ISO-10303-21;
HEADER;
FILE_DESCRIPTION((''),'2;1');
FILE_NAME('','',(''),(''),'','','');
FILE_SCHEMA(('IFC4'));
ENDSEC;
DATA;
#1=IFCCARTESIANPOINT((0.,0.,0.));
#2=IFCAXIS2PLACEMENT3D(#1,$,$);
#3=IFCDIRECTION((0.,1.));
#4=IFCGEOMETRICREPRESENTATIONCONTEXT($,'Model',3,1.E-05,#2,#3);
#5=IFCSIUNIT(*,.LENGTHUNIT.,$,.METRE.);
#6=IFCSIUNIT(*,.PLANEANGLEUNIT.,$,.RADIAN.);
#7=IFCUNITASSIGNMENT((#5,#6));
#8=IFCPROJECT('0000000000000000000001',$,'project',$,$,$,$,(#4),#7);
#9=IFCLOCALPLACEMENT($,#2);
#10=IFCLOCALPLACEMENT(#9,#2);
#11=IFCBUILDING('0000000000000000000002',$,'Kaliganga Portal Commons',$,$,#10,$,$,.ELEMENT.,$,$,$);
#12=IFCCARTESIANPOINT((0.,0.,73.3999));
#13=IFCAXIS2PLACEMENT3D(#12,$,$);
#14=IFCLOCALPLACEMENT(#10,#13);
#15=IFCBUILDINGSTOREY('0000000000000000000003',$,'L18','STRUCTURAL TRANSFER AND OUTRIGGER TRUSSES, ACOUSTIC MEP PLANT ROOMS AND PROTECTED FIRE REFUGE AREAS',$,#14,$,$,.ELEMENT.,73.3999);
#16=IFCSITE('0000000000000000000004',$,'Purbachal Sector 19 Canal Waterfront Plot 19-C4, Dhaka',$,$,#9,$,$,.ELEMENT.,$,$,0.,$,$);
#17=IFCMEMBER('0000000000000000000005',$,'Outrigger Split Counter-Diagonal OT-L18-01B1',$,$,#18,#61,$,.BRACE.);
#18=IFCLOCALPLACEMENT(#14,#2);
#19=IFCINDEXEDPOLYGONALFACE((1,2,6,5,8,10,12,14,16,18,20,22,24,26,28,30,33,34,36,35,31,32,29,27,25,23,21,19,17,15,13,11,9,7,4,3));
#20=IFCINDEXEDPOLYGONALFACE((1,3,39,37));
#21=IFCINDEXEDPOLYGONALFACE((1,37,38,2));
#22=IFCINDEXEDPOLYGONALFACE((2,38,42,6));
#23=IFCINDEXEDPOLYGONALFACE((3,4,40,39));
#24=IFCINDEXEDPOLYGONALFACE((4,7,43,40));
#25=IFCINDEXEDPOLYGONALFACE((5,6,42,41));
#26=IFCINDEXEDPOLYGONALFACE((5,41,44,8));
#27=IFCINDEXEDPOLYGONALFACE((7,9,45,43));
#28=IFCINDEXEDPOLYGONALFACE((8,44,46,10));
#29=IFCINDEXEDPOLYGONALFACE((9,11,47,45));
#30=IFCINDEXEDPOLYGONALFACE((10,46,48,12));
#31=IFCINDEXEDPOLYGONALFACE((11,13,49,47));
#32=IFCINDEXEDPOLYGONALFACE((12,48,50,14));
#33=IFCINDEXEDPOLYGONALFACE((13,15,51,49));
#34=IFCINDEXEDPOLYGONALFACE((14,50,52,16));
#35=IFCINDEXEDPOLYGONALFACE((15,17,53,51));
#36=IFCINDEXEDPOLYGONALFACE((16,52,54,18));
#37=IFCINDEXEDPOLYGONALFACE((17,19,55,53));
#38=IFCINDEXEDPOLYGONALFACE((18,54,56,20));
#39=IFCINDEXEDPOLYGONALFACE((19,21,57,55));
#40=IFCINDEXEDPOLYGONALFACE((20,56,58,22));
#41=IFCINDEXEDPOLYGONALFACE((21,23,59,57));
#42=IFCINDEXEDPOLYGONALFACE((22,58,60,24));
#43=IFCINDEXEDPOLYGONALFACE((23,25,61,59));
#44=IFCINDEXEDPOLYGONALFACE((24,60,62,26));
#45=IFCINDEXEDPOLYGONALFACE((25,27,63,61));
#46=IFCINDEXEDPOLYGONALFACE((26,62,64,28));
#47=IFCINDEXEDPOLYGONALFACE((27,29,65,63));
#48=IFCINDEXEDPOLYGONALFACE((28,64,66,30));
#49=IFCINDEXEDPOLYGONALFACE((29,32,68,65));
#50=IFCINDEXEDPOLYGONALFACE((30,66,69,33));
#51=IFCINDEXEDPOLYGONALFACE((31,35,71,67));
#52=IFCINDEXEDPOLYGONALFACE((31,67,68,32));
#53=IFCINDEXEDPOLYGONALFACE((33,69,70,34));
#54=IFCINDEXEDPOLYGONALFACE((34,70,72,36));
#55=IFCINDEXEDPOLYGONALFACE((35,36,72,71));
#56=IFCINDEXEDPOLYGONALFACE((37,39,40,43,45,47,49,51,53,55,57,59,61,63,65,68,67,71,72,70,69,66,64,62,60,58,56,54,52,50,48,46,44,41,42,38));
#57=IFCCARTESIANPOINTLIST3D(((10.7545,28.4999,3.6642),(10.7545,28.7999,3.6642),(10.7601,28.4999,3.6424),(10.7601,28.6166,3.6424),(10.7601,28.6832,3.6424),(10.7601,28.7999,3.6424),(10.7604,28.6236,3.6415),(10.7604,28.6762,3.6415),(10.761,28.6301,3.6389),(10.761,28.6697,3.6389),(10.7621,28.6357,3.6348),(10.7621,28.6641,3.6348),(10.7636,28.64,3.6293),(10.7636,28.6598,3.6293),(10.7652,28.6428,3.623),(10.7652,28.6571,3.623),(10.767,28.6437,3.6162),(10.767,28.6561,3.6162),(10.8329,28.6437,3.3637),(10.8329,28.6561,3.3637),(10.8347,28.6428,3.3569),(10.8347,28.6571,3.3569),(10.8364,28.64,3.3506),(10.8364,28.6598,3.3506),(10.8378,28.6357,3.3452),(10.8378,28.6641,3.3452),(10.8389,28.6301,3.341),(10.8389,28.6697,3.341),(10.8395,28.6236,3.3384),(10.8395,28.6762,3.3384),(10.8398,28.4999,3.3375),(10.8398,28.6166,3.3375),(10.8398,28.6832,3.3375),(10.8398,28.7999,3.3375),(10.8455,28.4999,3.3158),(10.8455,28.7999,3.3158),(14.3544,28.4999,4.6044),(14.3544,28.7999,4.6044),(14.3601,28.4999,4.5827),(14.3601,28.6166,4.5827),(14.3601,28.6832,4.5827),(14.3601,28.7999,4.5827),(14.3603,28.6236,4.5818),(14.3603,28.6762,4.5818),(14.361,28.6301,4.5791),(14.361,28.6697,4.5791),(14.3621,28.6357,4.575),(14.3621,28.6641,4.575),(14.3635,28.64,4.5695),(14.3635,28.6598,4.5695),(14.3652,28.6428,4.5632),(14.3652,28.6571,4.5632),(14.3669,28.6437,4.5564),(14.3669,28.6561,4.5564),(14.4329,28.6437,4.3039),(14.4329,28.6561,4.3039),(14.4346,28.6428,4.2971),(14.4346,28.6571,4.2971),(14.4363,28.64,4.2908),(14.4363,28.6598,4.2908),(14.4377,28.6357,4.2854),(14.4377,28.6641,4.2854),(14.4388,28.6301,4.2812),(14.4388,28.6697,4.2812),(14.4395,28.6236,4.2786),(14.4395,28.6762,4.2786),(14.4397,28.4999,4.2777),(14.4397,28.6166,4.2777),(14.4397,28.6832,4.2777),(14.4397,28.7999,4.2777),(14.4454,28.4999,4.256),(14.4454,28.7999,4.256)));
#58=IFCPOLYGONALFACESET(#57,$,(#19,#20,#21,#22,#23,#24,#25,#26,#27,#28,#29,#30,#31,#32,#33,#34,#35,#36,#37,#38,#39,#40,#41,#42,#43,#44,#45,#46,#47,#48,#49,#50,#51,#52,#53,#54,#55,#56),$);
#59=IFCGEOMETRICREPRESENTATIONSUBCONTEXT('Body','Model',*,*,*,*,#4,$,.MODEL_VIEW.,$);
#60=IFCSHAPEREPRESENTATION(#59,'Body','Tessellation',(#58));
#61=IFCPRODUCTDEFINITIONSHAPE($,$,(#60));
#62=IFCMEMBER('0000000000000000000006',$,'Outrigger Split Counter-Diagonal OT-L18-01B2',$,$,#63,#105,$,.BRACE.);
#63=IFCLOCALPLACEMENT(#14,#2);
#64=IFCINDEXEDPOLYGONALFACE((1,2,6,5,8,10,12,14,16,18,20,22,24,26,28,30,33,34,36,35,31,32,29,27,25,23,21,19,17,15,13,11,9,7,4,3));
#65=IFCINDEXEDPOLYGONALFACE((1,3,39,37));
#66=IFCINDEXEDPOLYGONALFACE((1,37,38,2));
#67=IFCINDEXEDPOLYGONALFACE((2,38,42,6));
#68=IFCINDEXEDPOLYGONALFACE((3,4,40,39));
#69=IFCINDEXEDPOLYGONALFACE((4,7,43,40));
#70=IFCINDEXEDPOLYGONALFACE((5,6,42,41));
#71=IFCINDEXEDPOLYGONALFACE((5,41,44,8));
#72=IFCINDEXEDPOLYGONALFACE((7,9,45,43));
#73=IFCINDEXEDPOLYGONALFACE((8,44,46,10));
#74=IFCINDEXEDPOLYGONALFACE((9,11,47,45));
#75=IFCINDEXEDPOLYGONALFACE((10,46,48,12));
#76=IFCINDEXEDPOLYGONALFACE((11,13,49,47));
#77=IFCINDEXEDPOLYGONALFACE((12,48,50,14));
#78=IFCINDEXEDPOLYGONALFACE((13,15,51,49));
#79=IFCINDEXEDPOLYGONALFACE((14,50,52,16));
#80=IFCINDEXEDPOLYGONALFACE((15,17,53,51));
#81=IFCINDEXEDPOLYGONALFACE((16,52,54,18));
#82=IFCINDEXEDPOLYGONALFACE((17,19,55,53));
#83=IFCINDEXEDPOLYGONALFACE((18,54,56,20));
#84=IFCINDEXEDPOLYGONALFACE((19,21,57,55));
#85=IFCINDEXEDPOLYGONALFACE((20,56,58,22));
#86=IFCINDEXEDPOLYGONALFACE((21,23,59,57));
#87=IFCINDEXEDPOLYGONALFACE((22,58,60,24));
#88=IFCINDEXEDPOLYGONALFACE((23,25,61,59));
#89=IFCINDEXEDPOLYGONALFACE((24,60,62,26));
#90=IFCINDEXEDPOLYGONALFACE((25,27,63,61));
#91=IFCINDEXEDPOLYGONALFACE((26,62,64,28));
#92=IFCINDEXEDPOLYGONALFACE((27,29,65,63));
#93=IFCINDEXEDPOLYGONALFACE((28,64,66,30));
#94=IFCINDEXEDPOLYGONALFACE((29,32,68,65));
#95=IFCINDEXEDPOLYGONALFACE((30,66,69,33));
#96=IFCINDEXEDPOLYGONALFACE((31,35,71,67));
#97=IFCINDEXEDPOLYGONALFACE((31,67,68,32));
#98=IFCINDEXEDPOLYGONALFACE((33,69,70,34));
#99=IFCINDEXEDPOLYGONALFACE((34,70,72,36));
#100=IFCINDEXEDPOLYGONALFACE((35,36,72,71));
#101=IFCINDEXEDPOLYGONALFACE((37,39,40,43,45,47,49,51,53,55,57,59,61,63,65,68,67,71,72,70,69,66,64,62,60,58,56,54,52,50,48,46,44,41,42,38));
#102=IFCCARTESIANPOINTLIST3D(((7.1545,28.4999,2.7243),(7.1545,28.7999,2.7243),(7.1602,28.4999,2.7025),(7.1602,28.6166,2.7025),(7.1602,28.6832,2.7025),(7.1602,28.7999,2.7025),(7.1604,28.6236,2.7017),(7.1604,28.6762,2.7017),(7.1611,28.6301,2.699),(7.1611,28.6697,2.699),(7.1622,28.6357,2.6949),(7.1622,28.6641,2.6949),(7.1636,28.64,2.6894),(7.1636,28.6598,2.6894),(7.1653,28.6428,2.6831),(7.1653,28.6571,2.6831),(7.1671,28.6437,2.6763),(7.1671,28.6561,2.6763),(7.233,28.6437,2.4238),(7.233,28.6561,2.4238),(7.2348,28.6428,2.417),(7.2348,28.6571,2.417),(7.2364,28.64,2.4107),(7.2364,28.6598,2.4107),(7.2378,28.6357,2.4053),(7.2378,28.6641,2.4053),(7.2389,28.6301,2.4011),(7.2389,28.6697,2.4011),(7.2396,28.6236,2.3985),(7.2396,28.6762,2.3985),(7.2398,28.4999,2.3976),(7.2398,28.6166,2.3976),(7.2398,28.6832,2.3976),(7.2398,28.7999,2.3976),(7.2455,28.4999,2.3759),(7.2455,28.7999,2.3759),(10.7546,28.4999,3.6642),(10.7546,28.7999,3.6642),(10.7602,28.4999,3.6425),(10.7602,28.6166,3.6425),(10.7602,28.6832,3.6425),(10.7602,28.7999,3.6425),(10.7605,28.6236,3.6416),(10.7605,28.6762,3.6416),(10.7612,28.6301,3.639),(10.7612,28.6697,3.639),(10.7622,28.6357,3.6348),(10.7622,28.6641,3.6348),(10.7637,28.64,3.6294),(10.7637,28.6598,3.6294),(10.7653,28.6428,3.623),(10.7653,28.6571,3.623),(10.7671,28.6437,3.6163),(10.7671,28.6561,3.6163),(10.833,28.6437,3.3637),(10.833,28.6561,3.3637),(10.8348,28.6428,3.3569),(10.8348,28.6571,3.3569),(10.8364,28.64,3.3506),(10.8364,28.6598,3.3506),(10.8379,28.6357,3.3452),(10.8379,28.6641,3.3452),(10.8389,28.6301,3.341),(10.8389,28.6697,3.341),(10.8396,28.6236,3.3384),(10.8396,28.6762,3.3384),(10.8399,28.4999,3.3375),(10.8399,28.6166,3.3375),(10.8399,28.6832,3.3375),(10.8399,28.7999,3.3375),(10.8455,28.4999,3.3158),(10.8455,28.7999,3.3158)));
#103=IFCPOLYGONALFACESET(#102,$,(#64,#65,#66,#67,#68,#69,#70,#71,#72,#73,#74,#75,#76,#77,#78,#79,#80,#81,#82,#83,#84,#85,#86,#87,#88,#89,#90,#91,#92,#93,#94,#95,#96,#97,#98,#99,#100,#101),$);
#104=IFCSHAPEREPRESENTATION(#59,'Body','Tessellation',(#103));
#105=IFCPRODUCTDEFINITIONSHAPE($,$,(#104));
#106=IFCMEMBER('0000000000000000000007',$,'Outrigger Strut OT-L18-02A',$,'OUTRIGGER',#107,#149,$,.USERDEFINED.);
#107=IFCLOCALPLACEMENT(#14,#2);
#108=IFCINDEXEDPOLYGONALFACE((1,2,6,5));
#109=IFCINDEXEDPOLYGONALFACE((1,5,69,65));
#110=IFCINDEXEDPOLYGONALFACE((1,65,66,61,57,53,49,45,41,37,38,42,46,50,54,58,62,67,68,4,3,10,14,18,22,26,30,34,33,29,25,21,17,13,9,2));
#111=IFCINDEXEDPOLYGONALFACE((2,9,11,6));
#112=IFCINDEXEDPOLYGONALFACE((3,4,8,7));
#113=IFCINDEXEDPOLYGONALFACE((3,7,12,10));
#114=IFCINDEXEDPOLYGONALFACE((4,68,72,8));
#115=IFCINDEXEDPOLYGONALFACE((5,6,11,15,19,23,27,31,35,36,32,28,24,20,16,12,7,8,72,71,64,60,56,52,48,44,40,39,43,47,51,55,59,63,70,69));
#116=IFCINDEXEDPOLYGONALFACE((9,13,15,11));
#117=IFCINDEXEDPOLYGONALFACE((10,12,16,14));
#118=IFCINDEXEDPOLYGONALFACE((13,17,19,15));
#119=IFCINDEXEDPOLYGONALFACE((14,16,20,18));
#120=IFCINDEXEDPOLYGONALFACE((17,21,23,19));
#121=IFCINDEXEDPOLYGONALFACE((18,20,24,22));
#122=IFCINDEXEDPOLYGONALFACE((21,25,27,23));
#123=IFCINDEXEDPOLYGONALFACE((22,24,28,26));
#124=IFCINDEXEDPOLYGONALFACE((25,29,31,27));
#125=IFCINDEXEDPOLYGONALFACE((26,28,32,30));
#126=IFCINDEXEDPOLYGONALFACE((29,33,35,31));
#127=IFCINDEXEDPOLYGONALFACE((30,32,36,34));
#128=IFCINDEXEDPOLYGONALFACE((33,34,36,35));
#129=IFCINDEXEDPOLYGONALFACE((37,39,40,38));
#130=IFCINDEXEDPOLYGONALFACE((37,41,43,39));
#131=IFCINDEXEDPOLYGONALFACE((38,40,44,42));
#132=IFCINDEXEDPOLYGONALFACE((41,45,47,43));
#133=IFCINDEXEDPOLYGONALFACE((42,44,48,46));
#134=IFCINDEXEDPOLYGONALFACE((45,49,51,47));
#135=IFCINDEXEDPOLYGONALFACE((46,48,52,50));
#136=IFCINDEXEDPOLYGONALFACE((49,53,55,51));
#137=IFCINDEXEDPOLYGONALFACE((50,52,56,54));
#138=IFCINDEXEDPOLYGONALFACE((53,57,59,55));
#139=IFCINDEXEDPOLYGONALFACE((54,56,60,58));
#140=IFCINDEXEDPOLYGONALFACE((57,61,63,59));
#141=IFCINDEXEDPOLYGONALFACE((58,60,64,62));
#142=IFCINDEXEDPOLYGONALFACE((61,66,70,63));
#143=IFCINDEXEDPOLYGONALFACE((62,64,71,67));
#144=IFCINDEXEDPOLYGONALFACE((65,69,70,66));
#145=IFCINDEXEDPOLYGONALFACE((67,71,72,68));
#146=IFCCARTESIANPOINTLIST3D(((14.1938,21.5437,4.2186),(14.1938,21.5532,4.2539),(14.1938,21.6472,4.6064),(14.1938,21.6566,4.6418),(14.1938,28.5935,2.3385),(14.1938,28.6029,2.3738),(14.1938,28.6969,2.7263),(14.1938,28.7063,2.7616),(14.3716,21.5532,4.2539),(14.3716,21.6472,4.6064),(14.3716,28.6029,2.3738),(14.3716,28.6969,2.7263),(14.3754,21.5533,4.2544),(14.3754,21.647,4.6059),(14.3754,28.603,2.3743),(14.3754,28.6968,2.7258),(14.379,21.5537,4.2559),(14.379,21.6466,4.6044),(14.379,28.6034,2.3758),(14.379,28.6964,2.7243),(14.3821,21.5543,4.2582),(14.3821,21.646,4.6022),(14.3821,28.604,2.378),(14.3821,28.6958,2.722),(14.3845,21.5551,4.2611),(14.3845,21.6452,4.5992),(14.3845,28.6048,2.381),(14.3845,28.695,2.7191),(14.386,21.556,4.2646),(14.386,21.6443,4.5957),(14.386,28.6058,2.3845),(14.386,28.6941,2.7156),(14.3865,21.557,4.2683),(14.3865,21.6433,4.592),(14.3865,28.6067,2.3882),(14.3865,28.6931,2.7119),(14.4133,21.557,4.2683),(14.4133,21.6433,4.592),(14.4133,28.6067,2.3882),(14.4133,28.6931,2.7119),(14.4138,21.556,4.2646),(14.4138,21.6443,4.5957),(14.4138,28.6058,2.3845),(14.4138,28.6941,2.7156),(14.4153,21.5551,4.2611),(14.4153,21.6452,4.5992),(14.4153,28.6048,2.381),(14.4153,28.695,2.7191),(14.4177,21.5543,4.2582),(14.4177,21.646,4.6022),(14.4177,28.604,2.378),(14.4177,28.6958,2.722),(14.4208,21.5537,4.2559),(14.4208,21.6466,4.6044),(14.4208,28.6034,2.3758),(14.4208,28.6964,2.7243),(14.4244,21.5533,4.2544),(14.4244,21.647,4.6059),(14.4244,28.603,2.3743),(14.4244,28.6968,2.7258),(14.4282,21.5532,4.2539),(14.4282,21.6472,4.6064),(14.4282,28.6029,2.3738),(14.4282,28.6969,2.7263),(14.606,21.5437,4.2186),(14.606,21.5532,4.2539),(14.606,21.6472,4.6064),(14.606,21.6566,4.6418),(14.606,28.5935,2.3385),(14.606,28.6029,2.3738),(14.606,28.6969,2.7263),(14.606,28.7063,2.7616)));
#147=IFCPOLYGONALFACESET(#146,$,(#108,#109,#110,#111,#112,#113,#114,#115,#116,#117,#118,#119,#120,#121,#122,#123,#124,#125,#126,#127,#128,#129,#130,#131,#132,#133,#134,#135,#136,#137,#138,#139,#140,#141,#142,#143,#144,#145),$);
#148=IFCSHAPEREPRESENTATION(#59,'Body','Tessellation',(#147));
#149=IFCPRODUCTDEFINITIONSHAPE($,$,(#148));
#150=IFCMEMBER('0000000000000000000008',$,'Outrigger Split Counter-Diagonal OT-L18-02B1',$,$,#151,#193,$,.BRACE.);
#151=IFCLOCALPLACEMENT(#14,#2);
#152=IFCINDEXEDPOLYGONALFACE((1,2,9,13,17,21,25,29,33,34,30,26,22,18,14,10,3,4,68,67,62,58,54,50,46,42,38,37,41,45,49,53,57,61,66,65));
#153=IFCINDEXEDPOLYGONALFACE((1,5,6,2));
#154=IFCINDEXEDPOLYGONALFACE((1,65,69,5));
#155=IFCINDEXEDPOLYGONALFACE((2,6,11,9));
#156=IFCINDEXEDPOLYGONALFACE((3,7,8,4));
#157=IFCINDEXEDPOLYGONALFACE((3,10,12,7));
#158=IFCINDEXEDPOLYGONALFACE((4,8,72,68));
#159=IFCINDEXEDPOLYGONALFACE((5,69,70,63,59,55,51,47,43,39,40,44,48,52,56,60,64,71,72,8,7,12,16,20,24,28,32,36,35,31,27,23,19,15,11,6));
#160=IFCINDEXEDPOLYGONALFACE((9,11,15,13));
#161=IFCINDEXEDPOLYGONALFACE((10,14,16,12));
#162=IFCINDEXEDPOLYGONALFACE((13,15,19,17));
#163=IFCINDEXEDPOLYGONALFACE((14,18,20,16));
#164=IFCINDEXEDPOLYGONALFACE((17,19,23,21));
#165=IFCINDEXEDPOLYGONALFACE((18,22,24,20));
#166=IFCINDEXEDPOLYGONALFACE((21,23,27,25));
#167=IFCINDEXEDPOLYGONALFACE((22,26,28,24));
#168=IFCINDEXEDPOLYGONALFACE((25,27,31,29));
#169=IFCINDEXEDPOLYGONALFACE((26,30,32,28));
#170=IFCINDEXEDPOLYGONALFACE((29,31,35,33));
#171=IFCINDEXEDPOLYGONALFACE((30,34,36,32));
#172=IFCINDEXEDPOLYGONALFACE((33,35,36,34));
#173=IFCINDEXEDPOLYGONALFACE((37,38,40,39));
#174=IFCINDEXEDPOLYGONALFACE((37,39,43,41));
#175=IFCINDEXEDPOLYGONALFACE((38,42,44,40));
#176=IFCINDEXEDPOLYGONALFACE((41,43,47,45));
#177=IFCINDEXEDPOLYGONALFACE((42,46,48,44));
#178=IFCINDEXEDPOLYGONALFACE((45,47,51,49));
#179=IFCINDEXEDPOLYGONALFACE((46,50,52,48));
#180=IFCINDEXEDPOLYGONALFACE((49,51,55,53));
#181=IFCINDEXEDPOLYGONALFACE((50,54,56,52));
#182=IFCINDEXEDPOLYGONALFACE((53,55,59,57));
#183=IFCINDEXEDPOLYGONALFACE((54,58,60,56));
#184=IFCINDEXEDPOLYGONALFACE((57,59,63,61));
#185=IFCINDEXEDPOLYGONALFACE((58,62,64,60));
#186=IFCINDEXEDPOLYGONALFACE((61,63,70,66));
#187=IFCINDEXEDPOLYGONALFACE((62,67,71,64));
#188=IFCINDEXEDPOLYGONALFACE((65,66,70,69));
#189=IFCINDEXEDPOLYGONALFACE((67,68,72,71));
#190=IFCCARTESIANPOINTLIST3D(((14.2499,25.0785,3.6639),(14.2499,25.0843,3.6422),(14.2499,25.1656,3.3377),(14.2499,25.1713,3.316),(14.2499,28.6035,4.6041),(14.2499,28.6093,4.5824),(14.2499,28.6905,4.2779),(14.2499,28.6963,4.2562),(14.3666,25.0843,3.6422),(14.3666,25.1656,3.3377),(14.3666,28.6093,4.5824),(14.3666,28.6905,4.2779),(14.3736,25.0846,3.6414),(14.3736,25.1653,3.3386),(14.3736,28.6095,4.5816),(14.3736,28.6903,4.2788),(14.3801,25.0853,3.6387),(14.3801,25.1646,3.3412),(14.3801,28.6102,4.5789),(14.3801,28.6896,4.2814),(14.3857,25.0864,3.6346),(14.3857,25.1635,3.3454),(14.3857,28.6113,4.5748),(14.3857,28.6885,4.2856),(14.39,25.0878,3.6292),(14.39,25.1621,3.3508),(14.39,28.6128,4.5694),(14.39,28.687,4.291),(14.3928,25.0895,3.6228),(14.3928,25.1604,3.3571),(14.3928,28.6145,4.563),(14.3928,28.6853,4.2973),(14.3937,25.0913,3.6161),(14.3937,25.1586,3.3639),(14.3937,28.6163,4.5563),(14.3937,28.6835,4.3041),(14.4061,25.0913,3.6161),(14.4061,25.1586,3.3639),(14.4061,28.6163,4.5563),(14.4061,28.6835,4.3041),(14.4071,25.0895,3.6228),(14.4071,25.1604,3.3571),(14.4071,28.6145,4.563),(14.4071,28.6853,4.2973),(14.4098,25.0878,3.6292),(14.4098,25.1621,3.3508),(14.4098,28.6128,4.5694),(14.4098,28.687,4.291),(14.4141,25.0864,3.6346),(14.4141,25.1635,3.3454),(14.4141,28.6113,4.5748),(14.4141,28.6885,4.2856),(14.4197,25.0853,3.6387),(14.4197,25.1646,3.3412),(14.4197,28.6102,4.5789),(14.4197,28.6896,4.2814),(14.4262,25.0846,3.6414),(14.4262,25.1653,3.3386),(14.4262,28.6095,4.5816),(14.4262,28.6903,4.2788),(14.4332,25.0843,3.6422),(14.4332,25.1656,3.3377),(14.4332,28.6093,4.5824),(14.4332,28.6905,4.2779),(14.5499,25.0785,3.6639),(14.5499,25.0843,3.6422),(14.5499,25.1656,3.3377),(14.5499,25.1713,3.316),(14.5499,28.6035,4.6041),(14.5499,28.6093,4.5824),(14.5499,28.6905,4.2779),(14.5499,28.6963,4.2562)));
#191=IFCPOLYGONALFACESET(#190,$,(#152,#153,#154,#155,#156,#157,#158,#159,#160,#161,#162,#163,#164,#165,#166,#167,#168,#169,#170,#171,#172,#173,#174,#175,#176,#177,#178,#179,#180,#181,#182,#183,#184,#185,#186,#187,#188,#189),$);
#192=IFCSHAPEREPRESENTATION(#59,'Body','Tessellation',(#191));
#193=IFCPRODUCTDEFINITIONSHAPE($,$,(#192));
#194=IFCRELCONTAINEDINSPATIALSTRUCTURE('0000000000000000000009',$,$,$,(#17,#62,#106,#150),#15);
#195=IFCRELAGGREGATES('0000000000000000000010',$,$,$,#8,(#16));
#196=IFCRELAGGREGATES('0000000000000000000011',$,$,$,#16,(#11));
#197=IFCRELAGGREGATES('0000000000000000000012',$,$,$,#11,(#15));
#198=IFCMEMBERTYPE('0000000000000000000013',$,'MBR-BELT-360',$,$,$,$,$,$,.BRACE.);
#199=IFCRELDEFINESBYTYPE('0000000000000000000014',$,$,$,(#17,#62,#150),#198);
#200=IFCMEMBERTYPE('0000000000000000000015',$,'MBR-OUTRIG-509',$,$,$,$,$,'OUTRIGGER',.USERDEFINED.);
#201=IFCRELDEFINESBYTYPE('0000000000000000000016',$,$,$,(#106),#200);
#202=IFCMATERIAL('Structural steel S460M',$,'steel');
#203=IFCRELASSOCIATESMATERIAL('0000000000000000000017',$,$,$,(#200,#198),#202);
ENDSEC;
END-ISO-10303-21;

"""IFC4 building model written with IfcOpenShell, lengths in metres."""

from ifc_helpers import new_model, si_unit, direction, frame, origin, origin_2d, place, context, subcontext, project, spatial, i_section, extrude, source, transform, mapped, material, material_profile, profile_set, type_object, element, save


model = new_model("IFC4")

# Units and contexts
model_context = context("Model", 3, precision=1e-05, world=origin(), true_north=direction((0.0, 1.0)))
body_context = subcontext(model_context, "Body", "Model", "MODEL_VIEW")
ifc_project = project(units=[si_unit("LENGTHUNIT", "METRE"), si_unit("PLANEANGLEUNIT", "RADIAN")], contexts=[model_context])

# Site, building, storey
site_placement = place(None, origin())
site = spatial("IfcSite", under=ifc_project, at=site_placement, Name="Purbachal Sector 19 Canal Waterfront Plot 19-C4, Dhaka", CompositionType="ELEMENT", RefElevation=0.0)
building_placement = place(site_placement, origin())
building = spatial("IfcBuilding", under=site, at=building_placement, Name="Kaliganga Portal Commons", CompositionType="ELEMENT")
storey_placement = place(building_placement, frame((0.0, 0.0, 73.3999)))
storey = spatial("IfcBuildingStorey", under=building, at=storey_placement, Name="L18", Description="STRUCTURAL TRANSFER AND OUTRIGGER TRUSSES, ACOUSTIC MEP PLANT ROOMS AND PROTECTED FIRE REFUGE AREAS", CompositionType="ELEMENT", Elevation=73.3999)

# Shared definitions
ifc_material_1 = material(Name="Structural steel S460M", Category="steel")

# Members
ifc_material_profile_1 = material_profile(ifc_material_1, i_section(OverallWidth=0.4121, OverallDepth=0.438, WebThickness=0.0269, FlangeThickness=0.0366, FilletRadius=0.0149, at=origin_2d()), Name="HD 400x463")
ifc_profile_set_1 = profile_set([ifc_material_profile_1], Name="Structural steel S460M wide-flange")
member_type_1 = type_object("IfcMemberType", Name="MBR-OUTRIG-509", ElementType="OUTRIGGER", PredefinedType="USERDEFINED", material=ifc_profile_set_1)
ifc_material_profile_2 = material_profile(ifc_material_1, i_section(OverallWidth=0.3, OverallDepth=0.3601, WebThickness=0.0125, FlangeThickness=0.0225, FilletRadius=0.0271, at=origin_2d()), Name="HE 360 B")
ifc_profile_set_2 = profile_set([ifc_material_profile_2], Name="Structural steel S460M wide-flange")
member_type_2 = type_object("IfcMemberType", Name="MBR-BELT-360", PredefinedType="BRACE", material=ifc_profile_set_2)
shared_shape_1 = source(origin(), body_context, "Body", "SweptSolid", [
    extrude(i_section(OverallWidth=0.3, OverallDepth=0.3601, WebThickness=0.0125, FlangeThickness=0.0225, FilletRadius=0.0271, at=origin_2d()), origin(), (0.0, 0.0, 1.0), 3.7207),
])
for number, where, z_axis, x_axis, name in (
    (1, (14.3999, 28.6499, 4.4302), (-0.967545, 0.0, -0.252697), (0.0, -1.0, 0.0), "Outrigger Split Counter-Diagonal OT-L18-01B1"),
    (2, (10.8, 28.6499, 3.49), (-0.967566, 0.0, -0.25262), (0.0, -1.0, 0.0), "Outrigger Split Counter-Diagonal OT-L18-01B2"),
):
    element("IfcMember", number, at=place(storey_placement, frame(where, z_axis=z_axis, x_axis=x_axis)), inside=storey, type_object=member_type_2, Name=name, PredefinedType="BRACE", context=body_context, shape_type="MappedRepresentation", body=[
        mapped(shared_shape_1, transform((0.0, 0.0, 0.0), x_axis=(1.0, 0.0, 0.0), y_axis=(0.0, 1.0, 0.0), z_axis=(0.0, 0.0, 1.0), scale=1.0)),
    ])
shared_shape_2 = source(origin(), body_context, "Body", "SweptSolid", [
    extrude(i_section(OverallWidth=0.4121, OverallDepth=0.438, WebThickness=0.0269, FlangeThickness=0.0366, FilletRadius=0.0149, at=origin_2d()), origin(), (0.0, 0.0, 1.0), 7.2961),
])
member_1_placement = place(storey_placement, frame((14.3999, 28.6499, 2.55), z_axis=(0.0, -0.966229, 0.257686), x_axis=(1.0, 0.0, 0.0)))
element("IfcMember", 3, at=member_1_placement, inside=storey, type_object=member_type_1, Name="Outrigger Strut OT-L18-02A", ObjectType="OUTRIGGER", PredefinedType="USERDEFINED", context=body_context, shape_type="MappedRepresentation", body=[
    mapped(shared_shape_2, transform((0.0, 0.0, 0.0), x_axis=(1.0, 0.0, 0.0), y_axis=(0.0, 1.0, 0.0), z_axis=(0.0, 0.0, 1.0), scale=1.0)),
])
shared_shape_3 = source(origin(), body_context, "Body", "SweptSolid", [
    extrude(i_section(OverallWidth=0.3, OverallDepth=0.3601, WebThickness=0.0125, FlangeThickness=0.0225, FilletRadius=0.0271, at=origin_2d()), origin(), (0.0, 0.0, 1.0), 3.6482),
])
member_2_placement = place(storey_placement, frame((14.3999, 28.6499, 4.4302), z_axis=(0.0, -0.96622, -0.257717), x_axis=(1.0, 0.0, 0.0)))
element("IfcMember", 4, at=member_2_placement, inside=storey, type_object=member_type_2, Name="Outrigger Split Counter-Diagonal OT-L18-02B1", PredefinedType="BRACE", context=body_context, shape_type="MappedRepresentation", body=[
    mapped(shared_shape_3, transform((0.0, 0.0, 0.0), x_axis=(1.0, 0.0, 0.0), y_axis=(0.0, 1.0, 0.0), z_axis=(0.0, 0.0, 1.0), scale=1.0)),
])

save(model, "model.ifc")
